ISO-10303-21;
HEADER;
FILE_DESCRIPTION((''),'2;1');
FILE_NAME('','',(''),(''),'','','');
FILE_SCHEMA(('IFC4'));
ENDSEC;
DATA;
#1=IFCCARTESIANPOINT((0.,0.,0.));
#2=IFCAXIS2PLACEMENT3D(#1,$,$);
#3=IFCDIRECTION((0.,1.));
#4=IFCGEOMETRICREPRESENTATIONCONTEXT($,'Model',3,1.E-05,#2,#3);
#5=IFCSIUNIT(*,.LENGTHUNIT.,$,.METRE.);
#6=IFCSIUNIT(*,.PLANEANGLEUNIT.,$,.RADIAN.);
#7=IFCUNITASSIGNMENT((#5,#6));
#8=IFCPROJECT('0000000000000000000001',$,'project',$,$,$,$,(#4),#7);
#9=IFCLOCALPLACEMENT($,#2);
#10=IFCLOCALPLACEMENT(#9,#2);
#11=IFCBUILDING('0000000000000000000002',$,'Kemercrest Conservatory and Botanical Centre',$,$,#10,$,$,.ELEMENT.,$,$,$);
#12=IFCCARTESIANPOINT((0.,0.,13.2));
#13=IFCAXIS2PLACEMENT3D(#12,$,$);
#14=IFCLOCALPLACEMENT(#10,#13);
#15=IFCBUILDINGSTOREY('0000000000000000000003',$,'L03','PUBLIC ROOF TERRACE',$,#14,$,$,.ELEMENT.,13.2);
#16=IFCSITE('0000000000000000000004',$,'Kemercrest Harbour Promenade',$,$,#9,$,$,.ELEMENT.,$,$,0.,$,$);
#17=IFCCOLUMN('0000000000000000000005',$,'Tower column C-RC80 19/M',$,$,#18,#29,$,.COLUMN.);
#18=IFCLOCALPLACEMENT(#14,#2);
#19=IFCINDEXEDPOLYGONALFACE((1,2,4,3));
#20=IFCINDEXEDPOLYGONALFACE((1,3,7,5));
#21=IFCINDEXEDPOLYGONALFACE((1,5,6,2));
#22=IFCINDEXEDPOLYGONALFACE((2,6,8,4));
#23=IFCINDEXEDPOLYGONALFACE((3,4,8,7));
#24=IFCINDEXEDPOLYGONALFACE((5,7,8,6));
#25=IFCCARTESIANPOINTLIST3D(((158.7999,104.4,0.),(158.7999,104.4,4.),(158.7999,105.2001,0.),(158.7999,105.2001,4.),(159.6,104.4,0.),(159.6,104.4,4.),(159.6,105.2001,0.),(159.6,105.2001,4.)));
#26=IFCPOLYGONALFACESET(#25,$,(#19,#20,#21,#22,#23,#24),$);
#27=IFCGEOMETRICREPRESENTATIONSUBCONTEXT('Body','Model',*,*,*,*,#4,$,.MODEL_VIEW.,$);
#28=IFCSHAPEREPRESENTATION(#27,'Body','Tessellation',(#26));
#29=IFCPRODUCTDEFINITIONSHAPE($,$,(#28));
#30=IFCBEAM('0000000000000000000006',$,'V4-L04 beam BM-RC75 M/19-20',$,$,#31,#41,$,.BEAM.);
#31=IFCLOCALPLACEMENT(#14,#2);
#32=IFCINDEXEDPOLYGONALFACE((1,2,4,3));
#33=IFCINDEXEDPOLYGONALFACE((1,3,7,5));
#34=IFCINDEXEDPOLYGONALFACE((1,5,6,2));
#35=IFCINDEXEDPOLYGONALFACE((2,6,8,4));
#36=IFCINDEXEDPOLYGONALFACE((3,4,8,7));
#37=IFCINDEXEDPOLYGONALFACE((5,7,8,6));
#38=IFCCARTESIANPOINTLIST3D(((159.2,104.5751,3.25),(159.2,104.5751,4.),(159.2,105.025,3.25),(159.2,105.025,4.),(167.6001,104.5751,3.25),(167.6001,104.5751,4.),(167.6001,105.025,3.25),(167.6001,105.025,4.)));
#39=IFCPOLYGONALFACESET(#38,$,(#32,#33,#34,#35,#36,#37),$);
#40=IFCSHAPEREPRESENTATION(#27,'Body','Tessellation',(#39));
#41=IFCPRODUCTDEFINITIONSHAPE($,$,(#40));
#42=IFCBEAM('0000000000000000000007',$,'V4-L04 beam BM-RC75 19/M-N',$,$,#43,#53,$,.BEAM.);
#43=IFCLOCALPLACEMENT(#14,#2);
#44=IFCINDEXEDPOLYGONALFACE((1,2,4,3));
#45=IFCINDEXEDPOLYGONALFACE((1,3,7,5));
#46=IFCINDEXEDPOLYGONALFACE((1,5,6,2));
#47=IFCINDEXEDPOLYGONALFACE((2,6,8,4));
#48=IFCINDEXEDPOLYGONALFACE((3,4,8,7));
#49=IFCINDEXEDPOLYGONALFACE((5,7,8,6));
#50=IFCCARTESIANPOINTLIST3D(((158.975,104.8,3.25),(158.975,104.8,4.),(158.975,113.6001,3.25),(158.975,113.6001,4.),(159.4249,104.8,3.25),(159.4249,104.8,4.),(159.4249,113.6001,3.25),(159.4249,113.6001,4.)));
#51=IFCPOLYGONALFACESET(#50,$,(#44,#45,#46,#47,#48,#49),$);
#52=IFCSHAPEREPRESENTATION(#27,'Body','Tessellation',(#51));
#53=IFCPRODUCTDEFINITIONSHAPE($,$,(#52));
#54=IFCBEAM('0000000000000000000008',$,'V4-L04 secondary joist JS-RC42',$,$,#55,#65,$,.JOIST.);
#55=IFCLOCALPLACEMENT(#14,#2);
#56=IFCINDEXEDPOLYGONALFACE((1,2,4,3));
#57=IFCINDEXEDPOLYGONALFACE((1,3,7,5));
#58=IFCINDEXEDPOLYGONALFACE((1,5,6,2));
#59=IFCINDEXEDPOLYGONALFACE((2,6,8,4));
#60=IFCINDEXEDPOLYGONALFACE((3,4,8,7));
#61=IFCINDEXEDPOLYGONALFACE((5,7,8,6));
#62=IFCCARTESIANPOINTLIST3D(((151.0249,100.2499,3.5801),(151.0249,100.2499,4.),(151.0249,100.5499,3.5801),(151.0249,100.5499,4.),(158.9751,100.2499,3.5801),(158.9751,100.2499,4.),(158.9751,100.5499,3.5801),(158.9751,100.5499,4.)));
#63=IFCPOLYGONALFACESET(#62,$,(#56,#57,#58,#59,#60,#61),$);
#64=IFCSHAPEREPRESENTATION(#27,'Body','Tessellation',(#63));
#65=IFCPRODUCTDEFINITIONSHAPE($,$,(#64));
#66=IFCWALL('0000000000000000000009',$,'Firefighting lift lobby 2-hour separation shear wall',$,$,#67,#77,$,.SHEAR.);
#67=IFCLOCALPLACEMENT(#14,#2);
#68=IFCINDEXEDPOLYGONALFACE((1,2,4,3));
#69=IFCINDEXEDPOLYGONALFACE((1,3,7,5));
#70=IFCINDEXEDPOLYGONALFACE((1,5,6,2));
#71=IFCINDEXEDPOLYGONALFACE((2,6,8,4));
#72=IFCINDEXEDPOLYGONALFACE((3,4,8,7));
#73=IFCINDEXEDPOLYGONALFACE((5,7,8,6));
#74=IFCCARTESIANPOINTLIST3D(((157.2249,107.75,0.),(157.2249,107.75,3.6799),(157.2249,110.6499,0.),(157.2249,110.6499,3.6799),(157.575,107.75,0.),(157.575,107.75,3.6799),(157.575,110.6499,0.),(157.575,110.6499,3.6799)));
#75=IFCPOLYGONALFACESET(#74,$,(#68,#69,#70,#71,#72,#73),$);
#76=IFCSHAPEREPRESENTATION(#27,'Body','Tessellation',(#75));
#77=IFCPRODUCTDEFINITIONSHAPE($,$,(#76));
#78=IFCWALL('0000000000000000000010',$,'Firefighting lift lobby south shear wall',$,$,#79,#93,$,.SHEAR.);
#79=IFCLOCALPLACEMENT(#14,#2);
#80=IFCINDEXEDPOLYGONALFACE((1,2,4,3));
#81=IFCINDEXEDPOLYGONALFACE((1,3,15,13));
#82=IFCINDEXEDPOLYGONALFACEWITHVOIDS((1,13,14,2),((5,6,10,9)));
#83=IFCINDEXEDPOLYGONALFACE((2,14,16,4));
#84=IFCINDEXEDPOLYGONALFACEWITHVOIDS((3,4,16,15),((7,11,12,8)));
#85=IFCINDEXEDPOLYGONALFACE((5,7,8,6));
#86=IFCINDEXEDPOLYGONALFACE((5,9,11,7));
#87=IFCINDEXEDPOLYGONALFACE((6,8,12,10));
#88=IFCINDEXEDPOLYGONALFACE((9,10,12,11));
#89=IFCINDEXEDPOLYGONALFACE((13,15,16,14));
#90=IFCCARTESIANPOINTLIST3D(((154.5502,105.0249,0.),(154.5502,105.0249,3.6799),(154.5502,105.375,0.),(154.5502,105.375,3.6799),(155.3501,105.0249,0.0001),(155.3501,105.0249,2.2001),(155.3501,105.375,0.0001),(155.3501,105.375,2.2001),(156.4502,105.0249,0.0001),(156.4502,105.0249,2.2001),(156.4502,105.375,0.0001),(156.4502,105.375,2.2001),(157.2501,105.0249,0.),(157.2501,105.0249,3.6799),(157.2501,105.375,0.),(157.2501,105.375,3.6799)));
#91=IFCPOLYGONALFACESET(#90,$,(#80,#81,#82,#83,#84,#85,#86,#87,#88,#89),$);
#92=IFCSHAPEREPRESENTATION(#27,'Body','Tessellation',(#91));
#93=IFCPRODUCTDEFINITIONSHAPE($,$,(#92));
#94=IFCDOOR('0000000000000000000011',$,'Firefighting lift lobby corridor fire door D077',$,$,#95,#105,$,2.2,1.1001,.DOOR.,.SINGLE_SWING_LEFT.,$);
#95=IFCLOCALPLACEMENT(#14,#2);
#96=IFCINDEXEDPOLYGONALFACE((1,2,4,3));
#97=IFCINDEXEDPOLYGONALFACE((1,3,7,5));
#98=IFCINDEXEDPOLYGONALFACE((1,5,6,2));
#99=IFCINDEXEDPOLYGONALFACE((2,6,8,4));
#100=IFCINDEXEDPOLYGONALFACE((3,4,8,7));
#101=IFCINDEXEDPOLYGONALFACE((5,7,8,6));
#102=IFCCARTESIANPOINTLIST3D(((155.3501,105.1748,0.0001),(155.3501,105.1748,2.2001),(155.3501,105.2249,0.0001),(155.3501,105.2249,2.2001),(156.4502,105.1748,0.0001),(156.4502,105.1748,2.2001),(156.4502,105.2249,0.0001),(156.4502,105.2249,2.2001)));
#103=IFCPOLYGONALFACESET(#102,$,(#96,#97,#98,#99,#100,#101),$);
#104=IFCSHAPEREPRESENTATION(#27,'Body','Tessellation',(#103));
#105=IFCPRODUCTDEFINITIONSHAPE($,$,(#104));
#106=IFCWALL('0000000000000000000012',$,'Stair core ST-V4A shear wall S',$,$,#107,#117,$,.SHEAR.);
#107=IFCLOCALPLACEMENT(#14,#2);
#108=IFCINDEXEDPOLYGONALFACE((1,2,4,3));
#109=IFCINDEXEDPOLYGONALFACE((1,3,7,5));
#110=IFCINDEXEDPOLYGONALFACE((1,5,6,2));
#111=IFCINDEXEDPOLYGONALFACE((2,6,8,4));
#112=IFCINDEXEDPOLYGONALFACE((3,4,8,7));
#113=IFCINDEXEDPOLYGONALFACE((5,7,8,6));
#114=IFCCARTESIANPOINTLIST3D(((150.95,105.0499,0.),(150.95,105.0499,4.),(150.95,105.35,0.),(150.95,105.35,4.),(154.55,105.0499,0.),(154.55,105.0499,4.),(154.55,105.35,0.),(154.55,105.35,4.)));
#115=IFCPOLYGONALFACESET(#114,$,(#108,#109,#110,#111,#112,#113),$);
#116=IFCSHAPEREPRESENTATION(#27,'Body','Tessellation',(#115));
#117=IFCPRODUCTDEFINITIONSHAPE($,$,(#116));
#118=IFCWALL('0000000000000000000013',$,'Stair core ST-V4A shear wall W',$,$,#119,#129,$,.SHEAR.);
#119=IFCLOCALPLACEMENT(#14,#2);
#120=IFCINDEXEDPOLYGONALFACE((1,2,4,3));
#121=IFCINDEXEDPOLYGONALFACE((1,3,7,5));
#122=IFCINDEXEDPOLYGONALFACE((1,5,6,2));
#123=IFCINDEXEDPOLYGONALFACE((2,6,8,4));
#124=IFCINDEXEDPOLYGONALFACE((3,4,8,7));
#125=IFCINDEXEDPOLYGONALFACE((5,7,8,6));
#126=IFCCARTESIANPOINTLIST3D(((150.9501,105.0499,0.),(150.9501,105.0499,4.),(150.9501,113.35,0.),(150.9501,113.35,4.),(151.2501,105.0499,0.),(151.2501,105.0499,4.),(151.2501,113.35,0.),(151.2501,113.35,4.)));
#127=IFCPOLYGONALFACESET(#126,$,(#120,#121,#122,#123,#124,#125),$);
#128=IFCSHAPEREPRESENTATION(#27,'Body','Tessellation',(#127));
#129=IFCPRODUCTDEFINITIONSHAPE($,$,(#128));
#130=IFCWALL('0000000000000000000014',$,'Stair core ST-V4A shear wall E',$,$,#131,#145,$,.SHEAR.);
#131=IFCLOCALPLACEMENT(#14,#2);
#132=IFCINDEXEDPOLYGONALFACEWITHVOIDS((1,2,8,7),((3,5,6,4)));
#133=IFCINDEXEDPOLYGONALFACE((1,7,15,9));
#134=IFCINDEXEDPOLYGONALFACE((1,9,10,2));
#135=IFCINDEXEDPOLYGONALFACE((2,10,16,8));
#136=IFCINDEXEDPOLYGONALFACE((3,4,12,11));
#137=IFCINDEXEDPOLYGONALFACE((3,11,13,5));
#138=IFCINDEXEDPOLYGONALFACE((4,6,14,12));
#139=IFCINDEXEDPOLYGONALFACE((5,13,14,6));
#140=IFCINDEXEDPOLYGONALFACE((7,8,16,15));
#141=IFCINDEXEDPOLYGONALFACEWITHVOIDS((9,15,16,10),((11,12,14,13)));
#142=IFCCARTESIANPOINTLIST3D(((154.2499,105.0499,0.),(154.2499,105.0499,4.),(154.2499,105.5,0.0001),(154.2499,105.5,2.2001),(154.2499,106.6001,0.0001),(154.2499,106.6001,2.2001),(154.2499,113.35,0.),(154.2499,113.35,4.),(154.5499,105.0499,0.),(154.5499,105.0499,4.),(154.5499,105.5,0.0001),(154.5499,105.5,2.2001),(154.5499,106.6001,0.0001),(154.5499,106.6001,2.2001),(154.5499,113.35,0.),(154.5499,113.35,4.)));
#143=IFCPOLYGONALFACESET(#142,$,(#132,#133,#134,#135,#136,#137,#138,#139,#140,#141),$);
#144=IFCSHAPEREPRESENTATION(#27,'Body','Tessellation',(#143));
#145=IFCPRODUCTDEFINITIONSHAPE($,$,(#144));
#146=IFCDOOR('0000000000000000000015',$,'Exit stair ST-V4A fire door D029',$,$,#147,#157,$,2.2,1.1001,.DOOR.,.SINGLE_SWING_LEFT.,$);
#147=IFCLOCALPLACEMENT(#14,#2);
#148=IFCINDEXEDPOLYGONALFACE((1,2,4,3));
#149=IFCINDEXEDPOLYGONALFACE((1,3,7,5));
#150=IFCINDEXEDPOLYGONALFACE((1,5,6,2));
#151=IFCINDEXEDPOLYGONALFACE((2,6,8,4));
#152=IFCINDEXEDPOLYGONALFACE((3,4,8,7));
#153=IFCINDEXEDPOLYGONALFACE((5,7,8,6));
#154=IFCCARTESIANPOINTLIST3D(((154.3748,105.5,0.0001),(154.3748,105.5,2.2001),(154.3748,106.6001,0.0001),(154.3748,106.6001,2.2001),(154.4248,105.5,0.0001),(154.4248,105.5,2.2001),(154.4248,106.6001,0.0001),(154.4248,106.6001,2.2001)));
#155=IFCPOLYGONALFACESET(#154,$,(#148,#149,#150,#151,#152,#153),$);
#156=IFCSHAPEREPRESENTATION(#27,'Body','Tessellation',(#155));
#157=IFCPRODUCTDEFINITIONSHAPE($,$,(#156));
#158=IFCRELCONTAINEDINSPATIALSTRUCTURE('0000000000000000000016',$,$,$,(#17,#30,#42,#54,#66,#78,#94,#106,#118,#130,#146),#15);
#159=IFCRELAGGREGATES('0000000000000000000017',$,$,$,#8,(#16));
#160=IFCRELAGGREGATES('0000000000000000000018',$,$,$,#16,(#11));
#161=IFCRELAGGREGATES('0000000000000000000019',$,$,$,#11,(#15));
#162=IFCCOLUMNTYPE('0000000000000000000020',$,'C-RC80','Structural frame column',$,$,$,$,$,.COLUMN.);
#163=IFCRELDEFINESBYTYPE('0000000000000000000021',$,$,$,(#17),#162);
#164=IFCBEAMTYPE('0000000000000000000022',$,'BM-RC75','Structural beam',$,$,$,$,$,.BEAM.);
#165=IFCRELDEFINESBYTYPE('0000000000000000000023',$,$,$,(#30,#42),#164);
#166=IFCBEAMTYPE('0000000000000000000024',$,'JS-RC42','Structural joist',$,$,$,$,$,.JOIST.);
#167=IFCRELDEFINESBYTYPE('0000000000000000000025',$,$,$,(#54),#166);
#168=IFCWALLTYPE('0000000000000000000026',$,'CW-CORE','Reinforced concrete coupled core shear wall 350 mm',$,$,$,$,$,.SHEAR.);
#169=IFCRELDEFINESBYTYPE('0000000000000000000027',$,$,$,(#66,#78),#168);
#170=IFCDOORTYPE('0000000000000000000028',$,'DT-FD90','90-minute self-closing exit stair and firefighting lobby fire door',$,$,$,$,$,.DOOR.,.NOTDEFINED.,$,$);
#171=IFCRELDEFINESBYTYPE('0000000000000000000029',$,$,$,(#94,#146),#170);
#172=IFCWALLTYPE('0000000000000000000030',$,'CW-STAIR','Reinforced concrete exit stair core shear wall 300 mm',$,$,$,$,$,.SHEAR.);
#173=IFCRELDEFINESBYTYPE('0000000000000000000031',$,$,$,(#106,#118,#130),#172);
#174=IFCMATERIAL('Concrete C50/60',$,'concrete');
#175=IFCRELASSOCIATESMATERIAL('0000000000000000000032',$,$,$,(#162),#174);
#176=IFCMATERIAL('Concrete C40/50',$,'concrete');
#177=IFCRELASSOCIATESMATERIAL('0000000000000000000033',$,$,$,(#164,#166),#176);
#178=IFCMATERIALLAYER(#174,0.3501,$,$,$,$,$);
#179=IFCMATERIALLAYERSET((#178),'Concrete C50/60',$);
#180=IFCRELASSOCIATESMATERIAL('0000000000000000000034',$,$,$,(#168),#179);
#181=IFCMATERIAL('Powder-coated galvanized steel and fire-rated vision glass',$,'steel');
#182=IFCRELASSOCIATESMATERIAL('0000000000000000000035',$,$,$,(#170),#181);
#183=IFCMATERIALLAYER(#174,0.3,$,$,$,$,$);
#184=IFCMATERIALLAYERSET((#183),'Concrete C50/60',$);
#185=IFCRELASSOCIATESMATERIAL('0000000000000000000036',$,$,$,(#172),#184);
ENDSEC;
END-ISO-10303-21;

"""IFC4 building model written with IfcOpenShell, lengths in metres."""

from ifc_helpers import new_model, si_unit, direction, frame, frame_2d, origin, origin_2d, place, context, subcontext, project, spatial, rectangle, extrude, material, layer, layer_set, material_profile, profile_set, type_object, element, fill, save


model = new_model("IFC4")

# Units and contexts
model_context = context("Model", 3, precision=1e-05, world=origin(), true_north=direction((0.0, 1.0)))
body_context = subcontext(model_context, "Body", "Model", "MODEL_VIEW")
ifc_project = project(units=[si_unit("LENGTHUNIT", "METRE"), si_unit("PLANEANGLEUNIT", "RADIAN")], contexts=[model_context])

# Site, building, storey
site_placement = place(None, origin())
site = spatial("IfcSite", under=ifc_project, at=site_placement, Name="Kemercrest Harbour Promenade", CompositionType="ELEMENT", RefElevation=0.0)
building_placement = place(site_placement, origin())
building = spatial("IfcBuilding", under=site, at=building_placement, Name="Kemercrest Conservatory and Botanical Centre", CompositionType="ELEMENT")
storey_placement = place(building_placement, frame((0.0, 0.0, 13.2)))
storey = spatial("IfcBuildingStorey", under=building, at=storey_placement, Name="L03", Description="PUBLIC ROOF TERRACE", CompositionType="ELEMENT", Elevation=13.2)

# Column
ifc_material_1 = material(Name="Concrete C50/60", Category="concrete")
ifc_material_profile_1 = material_profile(ifc_material_1, rectangle(XDim=0.8, YDim=0.8, at=origin_2d()), Name="RC 800x800")
ifc_profile_set_1 = profile_set([ifc_material_profile_1], Name="Concrete C50/60")
column_type = type_object("IfcColumnType", Name="C-RC80", Description="Structural frame column", PredefinedType="COLUMN", material=ifc_profile_set_1)
column_placement = place(storey_placement, frame((159.2, 104.8, 0.0), z_axis=(0.0, 0.0, 1.0), x_axis=(1.0, 0.0, 0.0)))
element("IfcColumn", 1, at=column_placement, inside=storey, type_object=column_type, Name="Tower column C-RC80 19/M", PredefinedType="COLUMN", context=body_context, shape_type="SweptSolid", body=[
    extrude(rectangle(XDim=0.8, YDim=0.8, at=origin_2d()), origin(), (0.0, 0.0, 1.0), 4.0),
])

# Beams
ifc_material_2 = material(Name="Concrete C40/50", Category="concrete")
ifc_material_profile_2 = material_profile(ifc_material_2, rectangle(XDim=0.45, YDim=0.75, at=origin_2d()), Name="RC 450x750")
ifc_profile_set_2 = profile_set([ifc_material_profile_2], Name="Concrete C40/50")
beam_type_1 = type_object("IfcBeamType", Name="BM-RC75", Description="Structural beam", PredefinedType="BEAM", material=ifc_profile_set_2)
beam_1_placement = place(storey_placement, frame((159.2, 104.8, 3.625), z_axis=(1.0, 0.0, 0.0), x_axis=(0.0, 1.0, 0.0)))
element("IfcBeam", 2, at=beam_1_placement, inside=storey, type_object=beam_type_1, Name="V4-L04 beam BM-RC75 M/19-20", PredefinedType="BEAM", context=body_context, shape_type="SweptSolid", body=[
    extrude(rectangle(XDim=0.45, YDim=0.75, at=origin_2d()), origin(), (0.0, 0.0, 1.0), 8.4001),
])
beam_2_placement = place(storey_placement, frame((159.2, 104.8, 3.625), z_axis=(0.0, 1.0, 0.0), x_axis=(-1.0, 0.0, 0.0)))
element("IfcBeam", 3, at=beam_2_placement, inside=storey, type_object=beam_type_1, Name="V4-L04 beam BM-RC75 19/M-N", PredefinedType="BEAM", context=body_context, shape_type="SweptSolid", body=[
    extrude(rectangle(XDim=0.45, YDim=0.75, at=origin_2d()), origin(), (0.0, 0.0, 1.0), 8.8),
])
ifc_material_profile_3 = material_profile(ifc_material_2, rectangle(XDim=0.3, YDim=0.4199, at=origin_2d()), Name="RC 300x420")
ifc_profile_set_3 = profile_set([ifc_material_profile_3], Name="Concrete C40/50")
beam_type_2 = type_object("IfcBeamType", Name="JS-RC42", Description="Structural joist", PredefinedType="JOIST", material=ifc_profile_set_3)
beam_3_placement = place(storey_placement, frame((151.0249, 100.3999, 3.79), z_axis=(1.0, 0.0, 0.0), x_axis=(0.0, 1.0, 0.0)))
element("IfcBeam", 4, at=beam_3_placement, inside=storey, type_object=beam_type_2, Name="V4-L04 secondary joist JS-RC42", PredefinedType="JOIST", context=body_context, shape_type="SweptSolid", body=[
    extrude(rectangle(XDim=0.3, YDim=0.4199, at=origin_2d()), origin(), (0.0, 0.0, 1.0), 7.9502),
])

# Wall
ifc_layer_1 = layer(ifc_material_1, 0.3501)
ifc_layer_set_1 = layer_set([ifc_layer_1], Name="Concrete C50/60")
wall_type_1 = type_object("IfcWallType", Name="CW-CORE", Description="Reinforced concrete coupled core shear wall 350 mm", PredefinedType="SHEAR", material=ifc_layer_set_1)
wall_1_placement = place(storey_placement, frame((157.3999, 107.75, 0.0), z_axis=(0.0, 0.0, 1.0), x_axis=(0.0, 1.0, 0.0)))
element("IfcWall", 5, at=wall_1_placement, inside=storey, type_object=wall_type_1, Name="Firefighting lift lobby 2-hour separation shear wall", PredefinedType="SHEAR", context=body_context, shape_type="SweptSolid", body=[
    extrude(rectangle(XDim=2.8999, YDim=0.3501, at=frame_2d((1.45, 0.0))), origin(), (0.0, 0.0, 1.0), 3.6799),
])

# Wall, opening, door
wall_2_placement = place(storey_placement, frame((154.55, 105.2, 0.0), z_axis=(0.0, 0.0, 1.0), x_axis=(1.0, 0.0, 0.0)))
wall_2 = element("IfcWall", 6, at=wall_2_placement, inside=storey, type_object=wall_type_1, Name="Firefighting lift lobby south shear wall", PredefinedType="SHEAR", context=body_context, shape_type="SweptSolid", body=[
    extrude(rectangle(XDim=2.7, YDim=0.3501, at=frame_2d((1.3501, 0.0))), origin(), (0.0, 0.0, 1.0), 3.6799),
])
opening_1_placement = place(wall_2_placement, frame((0.8, 0.0, 0.0)))
opening_1 = element("IfcOpeningElement", 7, at=opening_1_placement, cuts=wall_2, PredefinedType="OPENING", context=body_context, shape_type="SweptSolid", body=[
    extrude(rectangle(XDim=1.1001, YDim=2.2, at=frame_2d((0.55, 1.1001))), frame((0.0, 0.1851, 0.0), z_axis=(0.0, -1.0, 0.0), x_axis=(1.0, 0.0, 0.0)), (0.0, 0.0, 1.0), 0.3701),
])
ifc_material_3 = material(Name="Powder-coated galvanized steel and fire-rated vision glass", Category="steel")
door_type_1 = type_object("IfcDoorType", Name="DT-FD90", Description="90-minute self-closing exit stair and firefighting lobby fire door", OperationType="NOTDEFINED", PredefinedType="DOOR", material=ifc_material_3)
door_1_placement = place(opening_1_placement, origin())
door_1 = element("IfcDoor", 8, at=door_1_placement, inside=storey, type_object=door_type_1, Name="Firefighting lift lobby corridor fire door D077", OperationType="SINGLE_SWING_LEFT", OverallHeight=2.2, OverallWidth=1.1001, PredefinedType="DOOR", context=body_context, shape_type="SweptSolid", body=[
    extrude(rectangle(XDim=1.1001, YDim=2.2, at=frame_2d((0.55, 1.1001))), frame((0.0, 0.0249, 0.0), z_axis=(0.0, -1.0, 0.0), x_axis=(1.0, 0.0, 0.0)), (0.0, 0.0, 1.0), 0.05),
])
fill(opening_1, door_1)

# Walls
ifc_layer_2 = layer(ifc_material_1, 0.3)
ifc_layer_set_2 = layer_set([ifc_layer_2], Name="Concrete C50/60")
wall_type_2 = type_object("IfcWallType", Name="CW-STAIR", Description="Reinforced concrete exit stair core shear wall 300 mm", PredefinedType="SHEAR", material=ifc_layer_set_2)
wall_3_placement = place(storey_placement, frame((150.95, 105.2, 0.0), z_axis=(0.0, 0.0, 1.0), x_axis=(1.0, 0.0, 0.0)))
element("IfcWall", 9, at=wall_3_placement, inside=storey, type_object=wall_type_2, Name="Stair core ST-V4A shear wall S", PredefinedType="SHEAR", context=body_context, shape_type="SweptSolid", body=[
    extrude(rectangle(XDim=3.6001, YDim=0.3, at=frame_2d((1.8, 0.0))), origin(), (0.0, 0.0, 1.0), 4.0),
])
wall_4_placement = place(storey_placement, frame((151.1001, 105.05, 0.0), z_axis=(0.0, 0.0, 1.0), x_axis=(0.0, 1.0, 0.0)))
element("IfcWall", 10, at=wall_4_placement, inside=storey, type_object=wall_type_2, Name="Stair core ST-V4A shear wall W", PredefinedType="SHEAR", context=body_context, shape_type="SweptSolid", body=[
    extrude(rectangle(XDim=8.3, YDim=0.3, at=frame_2d((4.1499, 0.0))), origin(), (0.0, 0.0, 1.0), 4.0),
])

# Wall, opening, door
wall_5_placement = place(storey_placement, frame((154.3999, 105.05, 0.0), z_axis=(0.0, 0.0, 1.0), x_axis=(0.0, 1.0, 0.0)))
wall_5 = element("IfcWall", 11, at=wall_5_placement, inside=storey, type_object=wall_type_2, Name="Stair core ST-V4A shear wall E", PredefinedType="SHEAR", context=body_context, shape_type="SweptSolid", body=[
    extrude(rectangle(XDim=8.3, YDim=0.3, at=frame_2d((4.1499, 0.0))), origin(), (0.0, 0.0, 1.0), 4.0),
])
opening_2_placement = place(wall_5_placement, frame((0.45, 0.0, 0.0)))
opening_2 = element("IfcOpeningElement", 12, at=opening_2_placement, cuts=wall_5, PredefinedType="OPENING", context=body_context, shape_type="SweptSolid", body=[
    extrude(rectangle(XDim=1.1001, YDim=2.2, at=frame_2d((0.55, 1.1001))), frame((0.0, 0.1602, 0.0), z_axis=(0.0, -1.0, 0.0), x_axis=(1.0, 0.0, 0.0)), (0.0, 0.0, 1.0), 0.3201),
])
door_2_placement = place(opening_2_placement, frame((1.1001, 0.0, 0.0), z_axis=(0.0, 0.0, 1.0), x_axis=(-1.0, 0.0, 0.0)))
door_2 = element("IfcDoor", 13, at=door_2_placement, inside=storey, type_object=door_type_1, Name="Exit stair ST-V4A fire door D029", OperationType="SINGLE_SWING_LEFT", OverallHeight=2.2, OverallWidth=1.1001, PredefinedType="DOOR", context=body_context, shape_type="SweptSolid", body=[
    extrude(rectangle(XDim=1.1001, YDim=2.2, at=frame_2d((0.55, 1.1001))), frame((0.0, 0.0249, 0.0), z_axis=(0.0, -1.0, 0.0), x_axis=(1.0, 0.0, 0.0)), (0.0, 0.0, 1.0), 0.05),
])
fill(opening_2, door_2)

save(model, "model.ifc")
